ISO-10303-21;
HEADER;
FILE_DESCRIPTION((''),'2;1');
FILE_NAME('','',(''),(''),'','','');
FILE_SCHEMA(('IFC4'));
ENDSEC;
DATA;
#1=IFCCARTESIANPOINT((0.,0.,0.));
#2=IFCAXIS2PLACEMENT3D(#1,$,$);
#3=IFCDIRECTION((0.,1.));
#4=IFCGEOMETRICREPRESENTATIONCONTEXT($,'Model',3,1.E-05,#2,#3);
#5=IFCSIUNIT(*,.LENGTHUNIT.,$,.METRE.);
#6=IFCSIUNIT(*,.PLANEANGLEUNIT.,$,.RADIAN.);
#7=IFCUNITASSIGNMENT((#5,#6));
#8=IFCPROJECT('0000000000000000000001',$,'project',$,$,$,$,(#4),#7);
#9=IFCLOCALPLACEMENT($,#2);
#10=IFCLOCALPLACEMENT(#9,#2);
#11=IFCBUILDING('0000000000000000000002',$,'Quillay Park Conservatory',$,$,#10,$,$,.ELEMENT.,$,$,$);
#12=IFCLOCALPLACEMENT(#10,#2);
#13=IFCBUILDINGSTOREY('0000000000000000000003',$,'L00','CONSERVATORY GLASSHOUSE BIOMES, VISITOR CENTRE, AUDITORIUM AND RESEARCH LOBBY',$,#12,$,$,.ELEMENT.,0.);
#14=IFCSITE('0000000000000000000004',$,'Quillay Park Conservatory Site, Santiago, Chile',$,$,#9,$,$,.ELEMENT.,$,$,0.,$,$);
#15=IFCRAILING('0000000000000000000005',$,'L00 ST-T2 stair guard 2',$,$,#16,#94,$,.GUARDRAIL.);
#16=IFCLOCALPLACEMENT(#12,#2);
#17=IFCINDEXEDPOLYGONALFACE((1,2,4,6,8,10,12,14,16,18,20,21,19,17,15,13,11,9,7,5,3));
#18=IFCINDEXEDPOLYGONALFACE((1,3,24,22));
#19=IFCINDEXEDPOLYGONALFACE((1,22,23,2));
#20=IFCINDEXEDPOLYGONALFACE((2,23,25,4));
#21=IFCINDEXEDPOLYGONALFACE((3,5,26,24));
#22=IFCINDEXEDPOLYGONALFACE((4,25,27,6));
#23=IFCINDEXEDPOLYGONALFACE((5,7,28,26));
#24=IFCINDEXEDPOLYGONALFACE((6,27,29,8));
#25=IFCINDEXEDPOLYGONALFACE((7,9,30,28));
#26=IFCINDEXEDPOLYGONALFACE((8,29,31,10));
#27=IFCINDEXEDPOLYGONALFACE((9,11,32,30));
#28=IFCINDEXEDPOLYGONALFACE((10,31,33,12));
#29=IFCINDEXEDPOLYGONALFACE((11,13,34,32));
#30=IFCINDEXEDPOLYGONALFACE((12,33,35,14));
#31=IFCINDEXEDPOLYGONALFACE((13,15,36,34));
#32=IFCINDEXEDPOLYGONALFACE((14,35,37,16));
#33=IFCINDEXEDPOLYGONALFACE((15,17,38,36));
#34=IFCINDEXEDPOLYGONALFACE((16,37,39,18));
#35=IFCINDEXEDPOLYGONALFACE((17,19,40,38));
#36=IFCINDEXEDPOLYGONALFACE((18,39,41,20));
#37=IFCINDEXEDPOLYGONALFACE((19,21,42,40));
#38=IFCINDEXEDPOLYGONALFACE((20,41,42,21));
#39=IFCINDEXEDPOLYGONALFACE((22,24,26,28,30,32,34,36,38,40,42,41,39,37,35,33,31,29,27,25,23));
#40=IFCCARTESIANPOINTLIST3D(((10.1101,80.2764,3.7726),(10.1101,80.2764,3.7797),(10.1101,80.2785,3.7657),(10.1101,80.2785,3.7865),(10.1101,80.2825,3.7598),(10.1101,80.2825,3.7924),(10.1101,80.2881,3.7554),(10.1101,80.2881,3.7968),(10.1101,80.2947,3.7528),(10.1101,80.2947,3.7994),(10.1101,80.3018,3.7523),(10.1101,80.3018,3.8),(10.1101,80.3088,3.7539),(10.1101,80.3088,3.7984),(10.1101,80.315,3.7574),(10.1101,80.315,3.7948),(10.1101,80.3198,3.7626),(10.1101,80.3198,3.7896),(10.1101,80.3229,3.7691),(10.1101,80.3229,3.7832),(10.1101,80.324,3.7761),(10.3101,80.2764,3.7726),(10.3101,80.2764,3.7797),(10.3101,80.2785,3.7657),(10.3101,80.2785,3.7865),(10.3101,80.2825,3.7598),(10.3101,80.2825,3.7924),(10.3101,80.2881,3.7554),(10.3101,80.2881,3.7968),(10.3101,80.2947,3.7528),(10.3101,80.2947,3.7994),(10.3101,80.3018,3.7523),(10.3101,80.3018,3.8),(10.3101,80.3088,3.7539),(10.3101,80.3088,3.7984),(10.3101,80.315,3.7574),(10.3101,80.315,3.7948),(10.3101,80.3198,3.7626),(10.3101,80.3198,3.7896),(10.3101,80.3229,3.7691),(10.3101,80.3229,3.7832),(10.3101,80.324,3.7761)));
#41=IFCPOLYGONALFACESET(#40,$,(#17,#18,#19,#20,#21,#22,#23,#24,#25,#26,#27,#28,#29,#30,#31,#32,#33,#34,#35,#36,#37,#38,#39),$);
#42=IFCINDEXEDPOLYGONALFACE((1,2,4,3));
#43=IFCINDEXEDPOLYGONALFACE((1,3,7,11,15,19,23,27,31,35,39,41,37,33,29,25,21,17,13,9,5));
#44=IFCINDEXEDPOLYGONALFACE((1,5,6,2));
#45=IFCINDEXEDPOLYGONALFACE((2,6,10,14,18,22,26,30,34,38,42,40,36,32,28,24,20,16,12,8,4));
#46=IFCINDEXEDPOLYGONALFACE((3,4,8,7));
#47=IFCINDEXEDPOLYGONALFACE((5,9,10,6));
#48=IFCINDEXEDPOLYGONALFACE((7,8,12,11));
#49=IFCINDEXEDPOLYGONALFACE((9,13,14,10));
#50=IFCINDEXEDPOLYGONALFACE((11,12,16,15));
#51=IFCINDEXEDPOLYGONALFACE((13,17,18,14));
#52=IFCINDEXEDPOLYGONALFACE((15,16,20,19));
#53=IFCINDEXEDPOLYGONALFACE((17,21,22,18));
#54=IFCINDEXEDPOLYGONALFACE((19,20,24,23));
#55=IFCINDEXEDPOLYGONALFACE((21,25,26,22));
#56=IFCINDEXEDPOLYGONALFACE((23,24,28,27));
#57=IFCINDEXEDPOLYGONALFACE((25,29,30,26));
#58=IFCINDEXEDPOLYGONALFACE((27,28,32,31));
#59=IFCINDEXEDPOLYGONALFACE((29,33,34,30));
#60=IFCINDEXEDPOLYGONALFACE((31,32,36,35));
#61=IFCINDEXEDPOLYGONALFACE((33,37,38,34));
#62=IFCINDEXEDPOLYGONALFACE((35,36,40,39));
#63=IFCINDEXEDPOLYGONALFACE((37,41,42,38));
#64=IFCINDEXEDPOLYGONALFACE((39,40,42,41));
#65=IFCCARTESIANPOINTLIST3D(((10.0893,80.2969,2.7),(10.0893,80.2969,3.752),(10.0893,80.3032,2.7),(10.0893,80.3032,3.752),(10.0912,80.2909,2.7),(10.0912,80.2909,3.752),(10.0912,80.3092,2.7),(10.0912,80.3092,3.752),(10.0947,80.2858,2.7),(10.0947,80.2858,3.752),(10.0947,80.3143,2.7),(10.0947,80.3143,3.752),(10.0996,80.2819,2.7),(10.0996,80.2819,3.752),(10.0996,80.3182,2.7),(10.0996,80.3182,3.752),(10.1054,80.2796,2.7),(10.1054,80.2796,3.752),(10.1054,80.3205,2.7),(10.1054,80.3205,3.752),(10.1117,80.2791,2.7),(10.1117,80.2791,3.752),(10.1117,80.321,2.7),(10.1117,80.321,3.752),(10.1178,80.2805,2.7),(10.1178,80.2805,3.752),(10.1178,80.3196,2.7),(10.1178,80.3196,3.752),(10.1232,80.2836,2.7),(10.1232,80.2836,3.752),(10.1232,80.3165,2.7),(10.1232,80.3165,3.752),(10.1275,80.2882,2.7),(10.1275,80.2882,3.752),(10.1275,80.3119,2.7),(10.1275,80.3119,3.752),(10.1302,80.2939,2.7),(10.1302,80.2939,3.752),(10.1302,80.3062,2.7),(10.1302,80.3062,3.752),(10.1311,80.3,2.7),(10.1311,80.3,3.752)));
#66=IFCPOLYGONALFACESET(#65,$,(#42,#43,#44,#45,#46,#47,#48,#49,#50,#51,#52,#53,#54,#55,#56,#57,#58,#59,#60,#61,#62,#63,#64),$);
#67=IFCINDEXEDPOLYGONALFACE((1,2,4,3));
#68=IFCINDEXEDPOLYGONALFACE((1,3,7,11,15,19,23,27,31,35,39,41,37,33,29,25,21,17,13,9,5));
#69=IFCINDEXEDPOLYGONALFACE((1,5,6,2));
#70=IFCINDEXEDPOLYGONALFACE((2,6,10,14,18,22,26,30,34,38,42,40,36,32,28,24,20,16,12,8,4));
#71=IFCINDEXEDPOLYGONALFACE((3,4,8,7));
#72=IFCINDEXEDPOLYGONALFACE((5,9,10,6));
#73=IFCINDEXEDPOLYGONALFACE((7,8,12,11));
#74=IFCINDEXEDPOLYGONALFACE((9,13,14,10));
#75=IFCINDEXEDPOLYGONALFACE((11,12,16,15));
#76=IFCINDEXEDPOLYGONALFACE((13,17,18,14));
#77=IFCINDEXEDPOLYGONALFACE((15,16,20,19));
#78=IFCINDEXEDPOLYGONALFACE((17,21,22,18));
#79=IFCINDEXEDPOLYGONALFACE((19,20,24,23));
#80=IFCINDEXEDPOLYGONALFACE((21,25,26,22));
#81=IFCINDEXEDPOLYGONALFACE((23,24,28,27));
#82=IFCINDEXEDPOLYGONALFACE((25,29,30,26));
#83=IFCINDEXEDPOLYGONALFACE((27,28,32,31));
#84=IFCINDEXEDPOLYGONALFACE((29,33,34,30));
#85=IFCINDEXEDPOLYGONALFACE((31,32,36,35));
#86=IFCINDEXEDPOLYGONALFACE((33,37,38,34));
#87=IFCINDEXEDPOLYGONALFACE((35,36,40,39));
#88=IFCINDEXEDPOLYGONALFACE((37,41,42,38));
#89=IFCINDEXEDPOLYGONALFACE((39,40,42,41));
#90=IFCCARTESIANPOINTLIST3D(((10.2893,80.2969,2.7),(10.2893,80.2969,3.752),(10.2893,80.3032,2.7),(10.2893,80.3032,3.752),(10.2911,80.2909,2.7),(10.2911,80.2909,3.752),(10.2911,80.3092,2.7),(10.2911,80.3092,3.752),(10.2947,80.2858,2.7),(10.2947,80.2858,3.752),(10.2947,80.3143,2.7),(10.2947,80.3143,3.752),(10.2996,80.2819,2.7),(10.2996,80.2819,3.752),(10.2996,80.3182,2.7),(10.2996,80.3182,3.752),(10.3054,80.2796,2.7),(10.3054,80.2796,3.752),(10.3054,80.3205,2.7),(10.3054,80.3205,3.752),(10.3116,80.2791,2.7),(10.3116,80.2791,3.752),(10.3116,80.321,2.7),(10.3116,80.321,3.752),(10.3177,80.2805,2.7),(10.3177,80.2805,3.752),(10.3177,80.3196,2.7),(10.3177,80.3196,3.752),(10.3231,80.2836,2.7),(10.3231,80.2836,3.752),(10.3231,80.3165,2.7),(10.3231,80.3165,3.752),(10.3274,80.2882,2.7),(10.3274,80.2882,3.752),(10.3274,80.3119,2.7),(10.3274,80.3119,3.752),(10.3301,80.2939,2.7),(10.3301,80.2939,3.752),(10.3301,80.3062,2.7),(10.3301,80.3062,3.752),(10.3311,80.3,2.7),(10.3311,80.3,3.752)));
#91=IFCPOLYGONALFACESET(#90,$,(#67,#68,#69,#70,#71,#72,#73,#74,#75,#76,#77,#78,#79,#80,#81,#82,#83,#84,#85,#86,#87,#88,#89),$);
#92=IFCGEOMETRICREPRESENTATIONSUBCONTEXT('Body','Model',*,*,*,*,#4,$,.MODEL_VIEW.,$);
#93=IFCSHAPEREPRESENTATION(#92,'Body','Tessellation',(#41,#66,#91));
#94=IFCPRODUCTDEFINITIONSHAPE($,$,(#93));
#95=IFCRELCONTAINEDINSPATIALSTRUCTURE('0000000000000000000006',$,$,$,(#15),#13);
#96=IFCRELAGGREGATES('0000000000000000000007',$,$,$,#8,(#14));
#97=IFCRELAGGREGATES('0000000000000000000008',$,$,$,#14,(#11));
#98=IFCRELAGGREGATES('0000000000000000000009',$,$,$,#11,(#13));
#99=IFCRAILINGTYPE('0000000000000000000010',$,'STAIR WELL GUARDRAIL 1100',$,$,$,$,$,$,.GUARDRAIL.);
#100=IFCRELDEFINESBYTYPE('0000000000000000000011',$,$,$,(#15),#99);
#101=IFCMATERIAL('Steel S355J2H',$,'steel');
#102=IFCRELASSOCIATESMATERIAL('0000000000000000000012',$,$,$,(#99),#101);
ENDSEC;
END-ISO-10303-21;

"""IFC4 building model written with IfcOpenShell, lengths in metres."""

from ifc_helpers import new_model, si_unit, direction, frame, origin, origin_2d, place, context, subcontext, project, spatial, circle, extrude, material, type_object, element, save


model = new_model("IFC4")

# Units and contexts
model_context = context("Model", 3, precision=1e-05, world=origin(), true_north=direction((0.0, 1.0)))
body_context = subcontext(model_context, "Body", "Model", "MODEL_VIEW")
ifc_project = project(units=[si_unit("LENGTHUNIT", "METRE"), si_unit("PLANEANGLEUNIT", "RADIAN")], contexts=[model_context])

# Site, building, storey
site_placement = place(None, origin())
site = spatial("IfcSite", under=ifc_project, at=site_placement, Name="Quillay Park Conservatory Site, Santiago, Chile", CompositionType="ELEMENT", RefElevation=0.0)
building_placement = place(site_placement, origin())
building = spatial("IfcBuilding", under=site, at=building_placement, Name="Quillay Park Conservatory", CompositionType="ELEMENT")
storey_placement = place(building_placement, origin())
storey = spatial("IfcBuildingStorey", under=building, at=storey_placement, Name="L00", Description="CONSERVATORY GLASSHOUSE BIOMES, VISITOR CENTRE, AUDITORIUM AND RESEARCH LOBBY", CompositionType="ELEMENT", Elevation=0.0)

# Railing
ifc_material_1 = material(Name="Steel S355J2H", Category="steel")
railing_type_1 = type_object("IfcRailingType", Name="STAIR WELL GUARDRAIL 1100", PredefinedType="GUARDRAIL", material=ifc_material_1)
railing_1_placement = place(storey_placement, frame((10.1101, 80.3, 2.7)))
element("IfcRailing", 1, at=railing_1_placement, inside=storey, type_object=railing_type_1, Name="L00 ST-T2 stair guard 2", PredefinedType="GUARDRAIL", context=body_context, shape_type="SweptSolid", body=[
    extrude(circle(Radius=0.0239, at=origin_2d()), frame((0.0, 0.0, 1.0762), z_axis=(1.0, 0.0, 0.0), x_axis=(0.0, 1.0, 0.0)), (0.0, 0.0, 1.0), 0.2),
    extrude(circle(Radius=0.021, at=origin_2d()), origin(), (0.0, 0.0, 1.0), 1.052),
    extrude(circle(Radius=0.021, at=origin_2d()), frame((0.2, 0.0, 0.0)), (0.0, 0.0, 1.0), 1.052),
])

save(model, "model.ifc")
